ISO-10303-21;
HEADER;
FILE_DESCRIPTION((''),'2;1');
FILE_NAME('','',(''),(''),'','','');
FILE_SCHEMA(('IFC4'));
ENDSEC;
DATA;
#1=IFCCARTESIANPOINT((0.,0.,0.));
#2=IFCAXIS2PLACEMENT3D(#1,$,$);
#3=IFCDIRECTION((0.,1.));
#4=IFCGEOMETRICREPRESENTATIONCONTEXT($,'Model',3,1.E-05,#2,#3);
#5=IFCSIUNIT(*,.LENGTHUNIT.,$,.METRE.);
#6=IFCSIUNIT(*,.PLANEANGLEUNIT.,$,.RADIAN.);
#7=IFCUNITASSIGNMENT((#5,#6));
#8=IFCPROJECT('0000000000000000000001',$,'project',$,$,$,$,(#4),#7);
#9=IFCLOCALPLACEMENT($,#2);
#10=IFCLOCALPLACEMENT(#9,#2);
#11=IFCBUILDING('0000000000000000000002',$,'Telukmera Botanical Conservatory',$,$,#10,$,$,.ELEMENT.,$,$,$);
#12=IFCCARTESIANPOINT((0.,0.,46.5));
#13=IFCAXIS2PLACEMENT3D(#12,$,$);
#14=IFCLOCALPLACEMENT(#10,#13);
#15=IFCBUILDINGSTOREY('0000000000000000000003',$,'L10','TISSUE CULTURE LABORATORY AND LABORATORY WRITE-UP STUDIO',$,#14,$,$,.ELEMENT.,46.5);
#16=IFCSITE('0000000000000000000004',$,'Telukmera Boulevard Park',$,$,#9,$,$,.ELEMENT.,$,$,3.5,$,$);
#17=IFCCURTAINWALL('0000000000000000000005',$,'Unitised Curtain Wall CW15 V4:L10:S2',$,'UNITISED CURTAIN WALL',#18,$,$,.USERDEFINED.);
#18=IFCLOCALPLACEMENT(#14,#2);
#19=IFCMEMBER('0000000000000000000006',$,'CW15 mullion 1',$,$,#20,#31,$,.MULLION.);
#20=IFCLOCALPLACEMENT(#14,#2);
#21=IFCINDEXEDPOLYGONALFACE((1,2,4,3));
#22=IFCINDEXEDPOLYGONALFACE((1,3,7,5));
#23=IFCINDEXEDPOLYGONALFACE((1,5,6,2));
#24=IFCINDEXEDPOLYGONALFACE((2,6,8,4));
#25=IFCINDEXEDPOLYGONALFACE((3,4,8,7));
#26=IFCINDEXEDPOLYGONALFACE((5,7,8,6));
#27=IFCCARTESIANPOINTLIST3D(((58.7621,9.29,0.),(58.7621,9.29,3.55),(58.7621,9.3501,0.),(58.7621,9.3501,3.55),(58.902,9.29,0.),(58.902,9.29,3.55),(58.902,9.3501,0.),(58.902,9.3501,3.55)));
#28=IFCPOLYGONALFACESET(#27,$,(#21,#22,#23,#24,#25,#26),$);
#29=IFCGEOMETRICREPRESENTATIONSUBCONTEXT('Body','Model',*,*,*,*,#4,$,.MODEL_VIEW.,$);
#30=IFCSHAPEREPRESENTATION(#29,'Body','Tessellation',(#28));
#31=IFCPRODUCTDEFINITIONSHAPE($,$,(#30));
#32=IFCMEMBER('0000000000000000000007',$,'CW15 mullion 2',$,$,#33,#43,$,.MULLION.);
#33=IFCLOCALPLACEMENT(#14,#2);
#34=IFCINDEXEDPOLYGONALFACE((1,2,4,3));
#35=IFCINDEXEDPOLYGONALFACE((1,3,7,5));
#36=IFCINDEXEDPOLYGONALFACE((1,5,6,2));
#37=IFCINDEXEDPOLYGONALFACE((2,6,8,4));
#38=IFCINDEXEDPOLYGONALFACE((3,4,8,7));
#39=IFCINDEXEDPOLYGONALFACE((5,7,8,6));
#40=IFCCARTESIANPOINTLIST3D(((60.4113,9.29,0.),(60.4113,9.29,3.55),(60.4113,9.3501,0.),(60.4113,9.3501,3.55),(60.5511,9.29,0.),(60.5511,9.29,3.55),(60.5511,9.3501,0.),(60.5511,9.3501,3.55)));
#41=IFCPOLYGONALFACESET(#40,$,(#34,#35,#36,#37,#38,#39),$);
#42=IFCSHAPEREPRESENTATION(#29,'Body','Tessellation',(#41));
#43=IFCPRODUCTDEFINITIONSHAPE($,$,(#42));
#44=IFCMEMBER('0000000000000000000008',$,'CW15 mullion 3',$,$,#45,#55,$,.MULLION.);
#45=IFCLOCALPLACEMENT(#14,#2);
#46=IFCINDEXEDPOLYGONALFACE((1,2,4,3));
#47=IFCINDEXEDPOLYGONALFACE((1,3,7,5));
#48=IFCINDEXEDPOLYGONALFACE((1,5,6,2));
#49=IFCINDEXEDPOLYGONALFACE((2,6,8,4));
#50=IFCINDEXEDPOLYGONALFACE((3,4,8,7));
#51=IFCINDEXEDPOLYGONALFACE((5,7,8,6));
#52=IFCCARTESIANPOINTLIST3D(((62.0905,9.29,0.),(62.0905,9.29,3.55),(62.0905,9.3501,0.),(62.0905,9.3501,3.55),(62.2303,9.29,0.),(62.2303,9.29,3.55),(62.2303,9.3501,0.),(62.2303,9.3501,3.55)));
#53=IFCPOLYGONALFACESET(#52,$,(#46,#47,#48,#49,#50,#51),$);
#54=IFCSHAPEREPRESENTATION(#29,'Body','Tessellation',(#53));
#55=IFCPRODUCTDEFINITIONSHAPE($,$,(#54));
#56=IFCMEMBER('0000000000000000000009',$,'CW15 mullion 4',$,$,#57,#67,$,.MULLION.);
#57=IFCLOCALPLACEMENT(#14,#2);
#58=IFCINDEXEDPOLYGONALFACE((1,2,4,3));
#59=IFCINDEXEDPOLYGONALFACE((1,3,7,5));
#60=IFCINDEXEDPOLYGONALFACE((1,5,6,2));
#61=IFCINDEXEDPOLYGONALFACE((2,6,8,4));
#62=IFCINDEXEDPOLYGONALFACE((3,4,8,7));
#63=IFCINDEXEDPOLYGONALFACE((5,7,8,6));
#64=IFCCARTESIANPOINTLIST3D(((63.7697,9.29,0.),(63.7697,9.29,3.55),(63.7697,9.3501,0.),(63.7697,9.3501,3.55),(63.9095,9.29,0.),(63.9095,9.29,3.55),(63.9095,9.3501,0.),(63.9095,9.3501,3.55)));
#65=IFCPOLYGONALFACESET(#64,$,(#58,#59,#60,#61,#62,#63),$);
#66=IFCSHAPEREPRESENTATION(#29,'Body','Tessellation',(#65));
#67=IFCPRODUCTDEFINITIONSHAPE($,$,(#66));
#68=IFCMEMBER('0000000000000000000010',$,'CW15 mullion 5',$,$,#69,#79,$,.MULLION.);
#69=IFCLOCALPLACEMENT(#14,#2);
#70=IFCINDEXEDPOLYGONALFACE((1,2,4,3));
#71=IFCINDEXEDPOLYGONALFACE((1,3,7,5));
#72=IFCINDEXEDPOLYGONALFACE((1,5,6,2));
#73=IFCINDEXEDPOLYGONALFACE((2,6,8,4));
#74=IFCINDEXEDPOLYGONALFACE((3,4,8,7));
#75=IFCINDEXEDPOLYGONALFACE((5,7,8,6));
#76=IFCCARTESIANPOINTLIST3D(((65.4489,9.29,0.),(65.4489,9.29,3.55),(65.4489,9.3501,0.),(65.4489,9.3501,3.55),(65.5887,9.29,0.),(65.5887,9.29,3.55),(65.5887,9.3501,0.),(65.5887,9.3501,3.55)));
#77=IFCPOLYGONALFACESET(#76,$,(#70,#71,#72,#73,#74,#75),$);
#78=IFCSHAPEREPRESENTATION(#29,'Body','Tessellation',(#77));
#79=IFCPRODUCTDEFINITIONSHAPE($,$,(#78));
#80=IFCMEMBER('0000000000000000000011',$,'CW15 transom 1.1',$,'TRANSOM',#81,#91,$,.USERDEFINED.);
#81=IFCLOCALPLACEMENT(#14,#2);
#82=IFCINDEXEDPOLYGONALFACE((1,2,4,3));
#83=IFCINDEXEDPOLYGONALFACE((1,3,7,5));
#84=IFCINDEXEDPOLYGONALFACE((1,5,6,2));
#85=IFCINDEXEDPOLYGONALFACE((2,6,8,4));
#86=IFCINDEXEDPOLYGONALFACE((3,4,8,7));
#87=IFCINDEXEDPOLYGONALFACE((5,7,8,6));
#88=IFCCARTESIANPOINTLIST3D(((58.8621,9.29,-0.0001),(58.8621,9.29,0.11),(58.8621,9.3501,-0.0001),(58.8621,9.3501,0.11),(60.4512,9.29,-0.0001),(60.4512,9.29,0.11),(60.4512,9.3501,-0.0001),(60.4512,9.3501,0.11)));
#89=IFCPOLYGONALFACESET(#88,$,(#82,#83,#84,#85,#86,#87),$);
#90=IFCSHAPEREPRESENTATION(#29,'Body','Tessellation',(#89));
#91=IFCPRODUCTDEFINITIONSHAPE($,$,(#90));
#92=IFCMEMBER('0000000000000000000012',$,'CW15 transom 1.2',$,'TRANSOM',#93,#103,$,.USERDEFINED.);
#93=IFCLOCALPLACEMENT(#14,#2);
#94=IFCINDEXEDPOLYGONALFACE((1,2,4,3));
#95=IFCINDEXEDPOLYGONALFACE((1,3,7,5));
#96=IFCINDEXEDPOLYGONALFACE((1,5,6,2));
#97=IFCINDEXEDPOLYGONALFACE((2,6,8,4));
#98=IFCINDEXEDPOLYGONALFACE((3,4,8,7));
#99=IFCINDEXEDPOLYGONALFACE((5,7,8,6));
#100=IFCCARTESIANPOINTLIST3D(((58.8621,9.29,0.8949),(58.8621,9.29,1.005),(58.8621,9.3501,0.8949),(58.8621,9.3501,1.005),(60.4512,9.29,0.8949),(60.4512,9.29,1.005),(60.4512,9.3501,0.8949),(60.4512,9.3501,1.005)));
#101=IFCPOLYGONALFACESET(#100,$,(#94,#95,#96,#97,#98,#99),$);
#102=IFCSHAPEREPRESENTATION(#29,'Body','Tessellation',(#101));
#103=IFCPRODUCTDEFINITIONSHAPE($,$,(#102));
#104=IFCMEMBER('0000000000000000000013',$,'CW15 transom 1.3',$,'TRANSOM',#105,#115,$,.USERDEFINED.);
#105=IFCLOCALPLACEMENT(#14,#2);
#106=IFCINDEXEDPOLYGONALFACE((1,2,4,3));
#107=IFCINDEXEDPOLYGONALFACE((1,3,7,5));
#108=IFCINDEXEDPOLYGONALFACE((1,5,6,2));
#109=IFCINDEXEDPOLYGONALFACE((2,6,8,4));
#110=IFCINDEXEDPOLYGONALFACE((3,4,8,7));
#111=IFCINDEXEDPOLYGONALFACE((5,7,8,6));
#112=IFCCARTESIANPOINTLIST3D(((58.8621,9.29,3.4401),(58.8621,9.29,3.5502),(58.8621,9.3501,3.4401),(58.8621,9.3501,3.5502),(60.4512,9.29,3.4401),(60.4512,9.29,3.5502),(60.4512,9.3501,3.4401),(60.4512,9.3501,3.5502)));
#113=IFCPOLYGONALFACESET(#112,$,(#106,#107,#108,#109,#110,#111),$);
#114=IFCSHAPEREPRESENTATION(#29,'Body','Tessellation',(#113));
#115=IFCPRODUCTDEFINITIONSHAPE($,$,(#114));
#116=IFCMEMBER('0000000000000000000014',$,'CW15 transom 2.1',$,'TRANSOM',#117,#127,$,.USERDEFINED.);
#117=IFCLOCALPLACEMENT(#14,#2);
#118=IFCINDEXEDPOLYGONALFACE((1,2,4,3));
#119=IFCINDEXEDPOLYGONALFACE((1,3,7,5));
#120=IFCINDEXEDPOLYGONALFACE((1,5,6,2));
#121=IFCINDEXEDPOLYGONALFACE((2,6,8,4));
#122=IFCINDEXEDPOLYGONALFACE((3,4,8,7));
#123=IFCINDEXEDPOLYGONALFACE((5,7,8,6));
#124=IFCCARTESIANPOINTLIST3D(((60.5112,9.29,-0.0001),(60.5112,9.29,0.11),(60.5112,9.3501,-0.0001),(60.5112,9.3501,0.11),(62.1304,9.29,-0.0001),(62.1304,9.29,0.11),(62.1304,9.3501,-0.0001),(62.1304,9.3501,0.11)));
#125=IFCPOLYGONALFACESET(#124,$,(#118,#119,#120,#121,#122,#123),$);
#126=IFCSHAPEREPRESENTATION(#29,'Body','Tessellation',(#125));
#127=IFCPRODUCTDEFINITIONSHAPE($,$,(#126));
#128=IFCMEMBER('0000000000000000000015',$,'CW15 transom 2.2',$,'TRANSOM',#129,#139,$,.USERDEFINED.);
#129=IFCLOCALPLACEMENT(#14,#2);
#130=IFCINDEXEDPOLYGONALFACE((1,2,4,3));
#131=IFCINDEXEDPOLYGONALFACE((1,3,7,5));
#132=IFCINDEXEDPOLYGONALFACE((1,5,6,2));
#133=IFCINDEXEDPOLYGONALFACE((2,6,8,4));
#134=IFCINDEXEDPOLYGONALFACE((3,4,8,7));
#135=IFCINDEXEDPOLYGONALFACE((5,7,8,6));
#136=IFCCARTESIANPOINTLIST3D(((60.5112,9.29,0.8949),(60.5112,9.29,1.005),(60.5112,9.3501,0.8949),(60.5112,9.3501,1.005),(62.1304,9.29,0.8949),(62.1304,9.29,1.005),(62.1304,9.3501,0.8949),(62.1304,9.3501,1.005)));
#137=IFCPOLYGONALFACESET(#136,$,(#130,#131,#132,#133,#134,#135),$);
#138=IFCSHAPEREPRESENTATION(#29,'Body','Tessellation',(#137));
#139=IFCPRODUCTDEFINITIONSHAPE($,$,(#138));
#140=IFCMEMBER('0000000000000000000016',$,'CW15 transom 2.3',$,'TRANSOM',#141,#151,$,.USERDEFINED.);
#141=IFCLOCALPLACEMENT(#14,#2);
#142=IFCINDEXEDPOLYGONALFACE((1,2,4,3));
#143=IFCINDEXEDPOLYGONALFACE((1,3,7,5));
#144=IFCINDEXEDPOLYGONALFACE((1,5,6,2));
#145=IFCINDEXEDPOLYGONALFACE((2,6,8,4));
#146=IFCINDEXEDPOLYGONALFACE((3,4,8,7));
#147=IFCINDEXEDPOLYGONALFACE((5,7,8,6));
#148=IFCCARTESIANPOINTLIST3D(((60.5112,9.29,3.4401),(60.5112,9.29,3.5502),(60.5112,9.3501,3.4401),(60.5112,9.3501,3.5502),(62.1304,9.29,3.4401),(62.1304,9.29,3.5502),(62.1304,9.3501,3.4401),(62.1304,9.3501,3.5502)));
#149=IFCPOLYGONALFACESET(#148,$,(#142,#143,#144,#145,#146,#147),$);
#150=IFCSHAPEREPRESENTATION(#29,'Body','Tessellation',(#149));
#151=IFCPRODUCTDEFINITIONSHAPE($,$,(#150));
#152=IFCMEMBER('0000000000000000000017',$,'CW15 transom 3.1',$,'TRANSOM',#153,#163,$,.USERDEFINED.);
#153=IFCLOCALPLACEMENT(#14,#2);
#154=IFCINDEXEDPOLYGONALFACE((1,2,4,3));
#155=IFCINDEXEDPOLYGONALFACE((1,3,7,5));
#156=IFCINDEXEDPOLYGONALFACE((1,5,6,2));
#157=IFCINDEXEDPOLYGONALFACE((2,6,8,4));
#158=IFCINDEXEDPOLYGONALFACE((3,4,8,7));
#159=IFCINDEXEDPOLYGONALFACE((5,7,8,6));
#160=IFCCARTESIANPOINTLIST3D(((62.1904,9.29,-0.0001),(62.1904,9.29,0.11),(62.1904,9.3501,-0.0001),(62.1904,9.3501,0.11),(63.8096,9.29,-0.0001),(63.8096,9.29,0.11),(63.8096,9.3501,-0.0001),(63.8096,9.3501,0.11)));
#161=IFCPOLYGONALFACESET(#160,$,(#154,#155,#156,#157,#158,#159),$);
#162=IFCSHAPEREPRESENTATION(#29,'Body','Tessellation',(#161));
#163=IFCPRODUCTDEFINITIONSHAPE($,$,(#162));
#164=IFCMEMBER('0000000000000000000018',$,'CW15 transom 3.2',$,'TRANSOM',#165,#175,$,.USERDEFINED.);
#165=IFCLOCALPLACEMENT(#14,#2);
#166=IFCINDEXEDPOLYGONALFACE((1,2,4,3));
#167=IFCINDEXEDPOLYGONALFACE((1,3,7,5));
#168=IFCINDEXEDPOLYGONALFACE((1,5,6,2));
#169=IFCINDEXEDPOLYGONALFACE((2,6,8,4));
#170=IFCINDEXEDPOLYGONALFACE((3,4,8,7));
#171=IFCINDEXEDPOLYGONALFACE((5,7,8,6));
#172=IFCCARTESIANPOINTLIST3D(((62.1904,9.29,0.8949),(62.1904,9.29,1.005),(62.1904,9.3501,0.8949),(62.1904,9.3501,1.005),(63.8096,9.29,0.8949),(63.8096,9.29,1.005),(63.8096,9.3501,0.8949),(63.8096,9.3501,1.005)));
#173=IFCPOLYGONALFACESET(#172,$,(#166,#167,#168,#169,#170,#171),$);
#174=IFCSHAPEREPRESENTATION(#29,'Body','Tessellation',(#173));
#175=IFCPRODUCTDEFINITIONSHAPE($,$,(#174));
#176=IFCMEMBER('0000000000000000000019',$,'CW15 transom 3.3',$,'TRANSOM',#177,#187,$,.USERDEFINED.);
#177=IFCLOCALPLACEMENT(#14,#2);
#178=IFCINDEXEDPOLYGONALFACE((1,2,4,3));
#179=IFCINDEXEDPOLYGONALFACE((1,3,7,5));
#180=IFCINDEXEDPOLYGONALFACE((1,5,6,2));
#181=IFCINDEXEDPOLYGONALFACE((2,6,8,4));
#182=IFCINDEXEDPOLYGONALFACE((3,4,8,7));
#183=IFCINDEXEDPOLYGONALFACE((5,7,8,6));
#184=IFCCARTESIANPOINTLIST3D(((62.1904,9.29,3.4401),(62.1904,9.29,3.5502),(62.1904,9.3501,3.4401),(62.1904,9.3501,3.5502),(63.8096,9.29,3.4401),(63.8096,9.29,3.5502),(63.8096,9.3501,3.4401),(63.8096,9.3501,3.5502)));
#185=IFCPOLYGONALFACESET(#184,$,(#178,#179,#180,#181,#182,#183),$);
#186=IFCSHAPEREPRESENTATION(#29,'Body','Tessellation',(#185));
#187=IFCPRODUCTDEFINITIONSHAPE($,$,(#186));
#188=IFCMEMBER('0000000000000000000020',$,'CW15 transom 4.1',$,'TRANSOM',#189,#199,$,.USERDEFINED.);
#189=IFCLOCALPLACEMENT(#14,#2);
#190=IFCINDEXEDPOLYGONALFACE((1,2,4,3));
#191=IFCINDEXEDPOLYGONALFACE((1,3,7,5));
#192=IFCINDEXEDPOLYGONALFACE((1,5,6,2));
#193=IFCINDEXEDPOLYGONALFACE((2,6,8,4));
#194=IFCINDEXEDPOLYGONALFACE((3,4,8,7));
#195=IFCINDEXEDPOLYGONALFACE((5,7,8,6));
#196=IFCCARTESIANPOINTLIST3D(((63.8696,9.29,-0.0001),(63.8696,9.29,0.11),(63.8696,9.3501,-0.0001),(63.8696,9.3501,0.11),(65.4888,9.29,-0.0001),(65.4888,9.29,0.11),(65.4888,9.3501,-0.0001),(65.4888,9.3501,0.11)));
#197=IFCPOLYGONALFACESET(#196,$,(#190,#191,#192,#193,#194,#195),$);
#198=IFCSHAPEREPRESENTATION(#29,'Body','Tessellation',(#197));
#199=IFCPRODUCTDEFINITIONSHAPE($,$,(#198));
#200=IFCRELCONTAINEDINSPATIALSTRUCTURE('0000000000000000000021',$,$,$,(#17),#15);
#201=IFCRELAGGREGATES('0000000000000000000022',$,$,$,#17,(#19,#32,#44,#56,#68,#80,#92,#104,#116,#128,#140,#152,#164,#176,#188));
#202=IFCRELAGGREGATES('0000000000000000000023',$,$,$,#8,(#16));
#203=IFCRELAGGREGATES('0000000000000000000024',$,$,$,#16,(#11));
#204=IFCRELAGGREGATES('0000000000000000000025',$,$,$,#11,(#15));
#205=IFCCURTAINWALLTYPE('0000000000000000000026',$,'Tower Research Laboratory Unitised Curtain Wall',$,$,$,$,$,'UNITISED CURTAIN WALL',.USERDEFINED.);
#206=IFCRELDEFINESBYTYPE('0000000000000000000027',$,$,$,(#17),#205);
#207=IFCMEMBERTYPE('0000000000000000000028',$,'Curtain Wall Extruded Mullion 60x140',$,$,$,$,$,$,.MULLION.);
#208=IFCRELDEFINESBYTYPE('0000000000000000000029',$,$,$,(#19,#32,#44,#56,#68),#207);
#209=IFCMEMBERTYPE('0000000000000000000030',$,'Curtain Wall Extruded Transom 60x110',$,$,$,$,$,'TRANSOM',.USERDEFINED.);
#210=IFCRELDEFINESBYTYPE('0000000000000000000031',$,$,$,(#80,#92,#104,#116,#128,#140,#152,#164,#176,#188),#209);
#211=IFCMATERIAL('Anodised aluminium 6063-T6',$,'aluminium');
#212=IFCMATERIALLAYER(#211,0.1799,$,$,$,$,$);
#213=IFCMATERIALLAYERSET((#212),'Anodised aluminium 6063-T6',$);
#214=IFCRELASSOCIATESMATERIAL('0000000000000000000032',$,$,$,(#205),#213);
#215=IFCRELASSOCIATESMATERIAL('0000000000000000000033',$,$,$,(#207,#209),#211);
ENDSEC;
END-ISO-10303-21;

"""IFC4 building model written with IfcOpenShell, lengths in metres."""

from ifc_helpers import new_model, si_unit, direction, frame, origin, origin_2d, place, context, subcontext, project, spatial, rectangle, extrude, material, layer, layer_set, material_profile, profile_set, type_object, element, aggregate, save


model = new_model("IFC4")

# Units and contexts
model_context = context("Model", 3, precision=1e-05, world=origin(), true_north=direction((0.0, 1.0)))
body_context = subcontext(model_context, "Body", "Model", "MODEL_VIEW")
ifc_project = project(units=[si_unit("LENGTHUNIT", "METRE"), si_unit("PLANEANGLEUNIT", "RADIAN")], contexts=[model_context])

# Site, building, storey
site_placement = place(None, origin())
site = spatial("IfcSite", under=ifc_project, at=site_placement, Name="Telukmera Boulevard Park", CompositionType="ELEMENT", RefElevation=3.5)
building_placement = place(site_placement, origin())
building = spatial("IfcBuilding", under=site, at=building_placement, Name="Telukmera Botanical Conservatory", CompositionType="ELEMENT")
storey_placement = place(building_placement, frame((0.0, 0.0, 46.5)))
storey = spatial("IfcBuildingStorey", under=building, at=storey_placement, Name="L10", Description="TISSUE CULTURE LABORATORY AND LABORATORY WRITE-UP STUDIO", CompositionType="ELEMENT", Elevation=46.5)

# Curtain wall, members
ifc_material_1 = material(Name="Anodised aluminium 6063-T6", Category="aluminium")
ifc_layer_1 = layer(ifc_material_1, 0.1799)
ifc_layer_set_1 = layer_set([ifc_layer_1], Name="Anodised aluminium 6063-T6")
curtain_wall_type = type_object("IfcCurtainWallType", Name="Tower Research Laboratory Unitised Curtain Wall", ElementType="UNITISED CURTAIN WALL", PredefinedType="USERDEFINED", material=ifc_layer_set_1)
curtain_wall_placement = place(storey_placement, origin())
curtain_wall = element("IfcCurtainWall", 1, at=curtain_wall_placement, inside=storey, type_object=curtain_wall_type, Name="Unitised Curtain Wall CW15 V4:L10:S2", ObjectType="UNITISED CURTAIN WALL", PredefinedType="USERDEFINED")
ifc_material_profile_1 = material_profile(ifc_material_1, rectangle(XDim=0.0601, YDim=0.1399, at=origin_2d()), Name="ALU MULL 60x140")
ifc_profile_set_1 = profile_set([ifc_material_profile_1], Name="Anodised aluminium 6063-T6")
member_type_1 = type_object("IfcMemberType", Name="Curtain Wall Extruded Mullion 60x140", PredefinedType="MULLION", material=ifc_profile_set_1)
member_1_placement = place(storey_placement, frame((58.832, 9.3201, 0.0), z_axis=(0.0, 0.0, 1.0), x_axis=(0.0, 1.0, 0.0)))
member_1 = element("IfcMember", 2, at=member_1_placement, type_object=member_type_1, Name="CW15 mullion 1", PredefinedType="MULLION", context=body_context, shape_type="SweptSolid", body=[
    extrude(rectangle(XDim=0.0601, YDim=0.1399, at=origin_2d()), origin(), (0.0, 0.0, 1.0), 3.55),
])
member_2_placement = place(storey_placement, frame((60.4812, 9.3201, 0.0), z_axis=(0.0, 0.0, 1.0), x_axis=(0.0, 1.0, 0.0)))
member_2 = element("IfcMember", 3, at=member_2_placement, type_object=member_type_1, Name="CW15 mullion 2", PredefinedType="MULLION", context=body_context, shape_type="SweptSolid", body=[
    extrude(rectangle(XDim=0.0601, YDim=0.1399, at=origin_2d()), origin(), (0.0, 0.0, 1.0), 3.55),
])
member_3_placement = place(storey_placement, frame((62.1604, 9.3201, 0.0), z_axis=(0.0, 0.0, 1.0), x_axis=(0.0, 1.0, 0.0)))
member_3 = element("IfcMember", 4, at=member_3_placement, type_object=member_type_1, Name="CW15 mullion 3", PredefinedType="MULLION", context=body_context, shape_type="SweptSolid", body=[
    extrude(rectangle(XDim=0.0601, YDim=0.1399, at=origin_2d()), origin(), (0.0, 0.0, 1.0), 3.55),
])
member_4_placement = place(storey_placement, frame((63.8396, 9.3201, 0.0), z_axis=(0.0, 0.0, 1.0), x_axis=(0.0, 1.0, 0.0)))
member_4 = element("IfcMember", 5, at=member_4_placement, type_object=member_type_1, Name="CW15 mullion 4", PredefinedType="MULLION", context=body_context, shape_type="SweptSolid", body=[
    extrude(rectangle(XDim=0.0601, YDim=0.1399, at=origin_2d()), origin(), (0.0, 0.0, 1.0), 3.55),
])
member_5_placement = place(storey_placement, frame((65.5188, 9.3201, 0.0), z_axis=(0.0, 0.0, 1.0), x_axis=(0.0, 1.0, 0.0)))
member_5 = element("IfcMember", 6, at=member_5_placement, type_object=member_type_1, Name="CW15 mullion 5", PredefinedType="MULLION", context=body_context, shape_type="SweptSolid", body=[
    extrude(rectangle(XDim=0.0601, YDim=0.1399, at=origin_2d()), origin(), (0.0, 0.0, 1.0), 3.55),
])
ifc_material_profile_2 = material_profile(ifc_material_1, rectangle(XDim=0.0601, YDim=0.1101, at=origin_2d()), Name="ALU TRAN 60x110")
ifc_profile_set_2 = profile_set([ifc_material_profile_2], Name="Anodised aluminium 6063-T6")
member_type_2 = type_object("IfcMemberType", Name="Curtain Wall Extruded Transom 60x110", ElementType="TRANSOM", PredefinedType="USERDEFINED", material=ifc_profile_set_2)
member_6_placement = place(storey_placement, frame((58.8621, 9.3201, 0.0549), z_axis=(1.0, 0.0, 0.0), x_axis=(0.0, 1.0, 0.0)))
member_6 = element("IfcMember", 7, at=member_6_placement, type_object=member_type_2, Name="CW15 transom 1.1", ObjectType="TRANSOM", PredefinedType="USERDEFINED", context=body_context, shape_type="SweptSolid", body=[
    extrude(rectangle(XDim=0.0601, YDim=0.1101, at=origin_2d()), origin(), (0.0, 0.0, 1.0), 1.5891),
])
member_7_placement = place(storey_placement, frame((58.8621, 9.3201, 0.95), z_axis=(1.0, 0.0, 0.0), x_axis=(0.0, 1.0, 0.0)))
member_7 = element("IfcMember", 8, at=member_7_placement, type_object=member_type_2, Name="CW15 transom 1.2", ObjectType="TRANSOM", PredefinedType="USERDEFINED", context=body_context, shape_type="SweptSolid", body=[
    extrude(rectangle(XDim=0.0601, YDim=0.1101, at=origin_2d()), origin(), (0.0, 0.0, 1.0), 1.5891),
])
member_8_placement = place(storey_placement, frame((58.8621, 9.3201, 3.4951), z_axis=(1.0, 0.0, 0.0), x_axis=(0.0, 1.0, 0.0)))
member_8 = element("IfcMember", 9, at=member_8_placement, type_object=member_type_2, Name="CW15 transom 1.3", ObjectType="TRANSOM", PredefinedType="USERDEFINED", context=body_context, shape_type="SweptSolid", body=[
    extrude(rectangle(XDim=0.0601, YDim=0.1101, at=origin_2d()), origin(), (0.0, 0.0, 1.0), 1.5891),
])
member_9_placement = place(storey_placement, frame((60.5112, 9.3201, 0.0549), z_axis=(1.0, 0.0, 0.0), x_axis=(0.0, 1.0, 0.0)))
member_9 = element("IfcMember", 10, at=member_9_placement, type_object=member_type_2, Name="CW15 transom 2.1", ObjectType="TRANSOM", PredefinedType="USERDEFINED", context=body_context, shape_type="SweptSolid", body=[
    extrude(rectangle(XDim=0.0601, YDim=0.1101, at=origin_2d()), origin(), (0.0, 0.0, 1.0), 1.6191),
])
member_10_placement = place(storey_placement, frame((60.5112, 9.3201, 0.95), z_axis=(1.0, 0.0, 0.0), x_axis=(0.0, 1.0, 0.0)))
member_10 = element("IfcMember", 11, at=member_10_placement, type_object=member_type_2, Name="CW15 transom 2.2", ObjectType="TRANSOM", PredefinedType="USERDEFINED", context=body_context, shape_type="SweptSolid", body=[
    extrude(rectangle(XDim=0.0601, YDim=0.1101, at=origin_2d()), origin(), (0.0, 0.0, 1.0), 1.6191),
])
member_11_placement = place(storey_placement, frame((60.5112, 9.3201, 3.4951), z_axis=(1.0, 0.0, 0.0), x_axis=(0.0, 1.0, 0.0)))
member_11 = element("IfcMember", 12, at=member_11_placement, type_object=member_type_2, Name="CW15 transom 2.3", ObjectType="TRANSOM", PredefinedType="USERDEFINED", context=body_context, shape_type="SweptSolid", body=[
    extrude(rectangle(XDim=0.0601, YDim=0.1101, at=origin_2d()), origin(), (0.0, 0.0, 1.0), 1.6191),
])
member_12_placement = place(storey_placement, frame((62.1904, 9.3201, 0.0549), z_axis=(1.0, 0.0, 0.0), x_axis=(0.0, 1.0, 0.0)))
member_12 = element("IfcMember", 13, at=member_12_placement, type_object=member_type_2, Name="CW15 transom 3.1", ObjectType="TRANSOM", PredefinedType="USERDEFINED", context=body_context, shape_type="SweptSolid", body=[
    extrude(rectangle(XDim=0.0601, YDim=0.1101, at=origin_2d()), origin(), (0.0, 0.0, 1.0), 1.6191),
])
member_13_placement = place(storey_placement, frame((62.1904, 9.3201, 0.95), z_axis=(1.0, 0.0, 0.0), x_axis=(0.0, 1.0, 0.0)))
member_13 = element("IfcMember", 14, at=member_13_placement, type_object=member_type_2, Name="CW15 transom 3.2", ObjectType="TRANSOM", PredefinedType="USERDEFINED", context=body_context, shape_type="SweptSolid", body=[
    extrude(rectangle(XDim=0.0601, YDim=0.1101, at=origin_2d()), origin(), (0.0, 0.0, 1.0), 1.6191),
])
member_14_placement = place(storey_placement, frame((62.1904, 9.3201, 3.4951), z_axis=(1.0, 0.0, 0.0), x_axis=(0.0, 1.0, 0.0)))
member_14 = element("IfcMember", 15, at=member_14_placement, type_object=member_type_2, Name="CW15 transom 3.3", ObjectType="TRANSOM", PredefinedType="USERDEFINED", context=body_context, shape_type="SweptSolid", body=[
    extrude(rectangle(XDim=0.0601, YDim=0.1101, at=origin_2d()), origin(), (0.0, 0.0, 1.0), 1.6191),
])
member_15_placement = place(storey_placement, frame((63.8696, 9.3201, 0.0549), z_axis=(1.0, 0.0, 0.0), x_axis=(0.0, 1.0, 0.0)))
member_15 = element("IfcMember", 16, at=member_15_placement, type_object=member_type_2, Name="CW15 transom 4.1", ObjectType="TRANSOM", PredefinedType="USERDEFINED", context=body_context, shape_type="SweptSolid", body=[
    extrude(rectangle(XDim=0.0601, YDim=0.1101, at=origin_2d()), origin(), (0.0, 0.0, 1.0), 1.6191),
])
aggregate(curtain_wall, [member_1, member_2, member_3, member_4, member_5, member_6, member_7, member_8, member_9, member_10, member_11, member_12, member_13, member_14, member_15])

save(model, "model.ifc")
